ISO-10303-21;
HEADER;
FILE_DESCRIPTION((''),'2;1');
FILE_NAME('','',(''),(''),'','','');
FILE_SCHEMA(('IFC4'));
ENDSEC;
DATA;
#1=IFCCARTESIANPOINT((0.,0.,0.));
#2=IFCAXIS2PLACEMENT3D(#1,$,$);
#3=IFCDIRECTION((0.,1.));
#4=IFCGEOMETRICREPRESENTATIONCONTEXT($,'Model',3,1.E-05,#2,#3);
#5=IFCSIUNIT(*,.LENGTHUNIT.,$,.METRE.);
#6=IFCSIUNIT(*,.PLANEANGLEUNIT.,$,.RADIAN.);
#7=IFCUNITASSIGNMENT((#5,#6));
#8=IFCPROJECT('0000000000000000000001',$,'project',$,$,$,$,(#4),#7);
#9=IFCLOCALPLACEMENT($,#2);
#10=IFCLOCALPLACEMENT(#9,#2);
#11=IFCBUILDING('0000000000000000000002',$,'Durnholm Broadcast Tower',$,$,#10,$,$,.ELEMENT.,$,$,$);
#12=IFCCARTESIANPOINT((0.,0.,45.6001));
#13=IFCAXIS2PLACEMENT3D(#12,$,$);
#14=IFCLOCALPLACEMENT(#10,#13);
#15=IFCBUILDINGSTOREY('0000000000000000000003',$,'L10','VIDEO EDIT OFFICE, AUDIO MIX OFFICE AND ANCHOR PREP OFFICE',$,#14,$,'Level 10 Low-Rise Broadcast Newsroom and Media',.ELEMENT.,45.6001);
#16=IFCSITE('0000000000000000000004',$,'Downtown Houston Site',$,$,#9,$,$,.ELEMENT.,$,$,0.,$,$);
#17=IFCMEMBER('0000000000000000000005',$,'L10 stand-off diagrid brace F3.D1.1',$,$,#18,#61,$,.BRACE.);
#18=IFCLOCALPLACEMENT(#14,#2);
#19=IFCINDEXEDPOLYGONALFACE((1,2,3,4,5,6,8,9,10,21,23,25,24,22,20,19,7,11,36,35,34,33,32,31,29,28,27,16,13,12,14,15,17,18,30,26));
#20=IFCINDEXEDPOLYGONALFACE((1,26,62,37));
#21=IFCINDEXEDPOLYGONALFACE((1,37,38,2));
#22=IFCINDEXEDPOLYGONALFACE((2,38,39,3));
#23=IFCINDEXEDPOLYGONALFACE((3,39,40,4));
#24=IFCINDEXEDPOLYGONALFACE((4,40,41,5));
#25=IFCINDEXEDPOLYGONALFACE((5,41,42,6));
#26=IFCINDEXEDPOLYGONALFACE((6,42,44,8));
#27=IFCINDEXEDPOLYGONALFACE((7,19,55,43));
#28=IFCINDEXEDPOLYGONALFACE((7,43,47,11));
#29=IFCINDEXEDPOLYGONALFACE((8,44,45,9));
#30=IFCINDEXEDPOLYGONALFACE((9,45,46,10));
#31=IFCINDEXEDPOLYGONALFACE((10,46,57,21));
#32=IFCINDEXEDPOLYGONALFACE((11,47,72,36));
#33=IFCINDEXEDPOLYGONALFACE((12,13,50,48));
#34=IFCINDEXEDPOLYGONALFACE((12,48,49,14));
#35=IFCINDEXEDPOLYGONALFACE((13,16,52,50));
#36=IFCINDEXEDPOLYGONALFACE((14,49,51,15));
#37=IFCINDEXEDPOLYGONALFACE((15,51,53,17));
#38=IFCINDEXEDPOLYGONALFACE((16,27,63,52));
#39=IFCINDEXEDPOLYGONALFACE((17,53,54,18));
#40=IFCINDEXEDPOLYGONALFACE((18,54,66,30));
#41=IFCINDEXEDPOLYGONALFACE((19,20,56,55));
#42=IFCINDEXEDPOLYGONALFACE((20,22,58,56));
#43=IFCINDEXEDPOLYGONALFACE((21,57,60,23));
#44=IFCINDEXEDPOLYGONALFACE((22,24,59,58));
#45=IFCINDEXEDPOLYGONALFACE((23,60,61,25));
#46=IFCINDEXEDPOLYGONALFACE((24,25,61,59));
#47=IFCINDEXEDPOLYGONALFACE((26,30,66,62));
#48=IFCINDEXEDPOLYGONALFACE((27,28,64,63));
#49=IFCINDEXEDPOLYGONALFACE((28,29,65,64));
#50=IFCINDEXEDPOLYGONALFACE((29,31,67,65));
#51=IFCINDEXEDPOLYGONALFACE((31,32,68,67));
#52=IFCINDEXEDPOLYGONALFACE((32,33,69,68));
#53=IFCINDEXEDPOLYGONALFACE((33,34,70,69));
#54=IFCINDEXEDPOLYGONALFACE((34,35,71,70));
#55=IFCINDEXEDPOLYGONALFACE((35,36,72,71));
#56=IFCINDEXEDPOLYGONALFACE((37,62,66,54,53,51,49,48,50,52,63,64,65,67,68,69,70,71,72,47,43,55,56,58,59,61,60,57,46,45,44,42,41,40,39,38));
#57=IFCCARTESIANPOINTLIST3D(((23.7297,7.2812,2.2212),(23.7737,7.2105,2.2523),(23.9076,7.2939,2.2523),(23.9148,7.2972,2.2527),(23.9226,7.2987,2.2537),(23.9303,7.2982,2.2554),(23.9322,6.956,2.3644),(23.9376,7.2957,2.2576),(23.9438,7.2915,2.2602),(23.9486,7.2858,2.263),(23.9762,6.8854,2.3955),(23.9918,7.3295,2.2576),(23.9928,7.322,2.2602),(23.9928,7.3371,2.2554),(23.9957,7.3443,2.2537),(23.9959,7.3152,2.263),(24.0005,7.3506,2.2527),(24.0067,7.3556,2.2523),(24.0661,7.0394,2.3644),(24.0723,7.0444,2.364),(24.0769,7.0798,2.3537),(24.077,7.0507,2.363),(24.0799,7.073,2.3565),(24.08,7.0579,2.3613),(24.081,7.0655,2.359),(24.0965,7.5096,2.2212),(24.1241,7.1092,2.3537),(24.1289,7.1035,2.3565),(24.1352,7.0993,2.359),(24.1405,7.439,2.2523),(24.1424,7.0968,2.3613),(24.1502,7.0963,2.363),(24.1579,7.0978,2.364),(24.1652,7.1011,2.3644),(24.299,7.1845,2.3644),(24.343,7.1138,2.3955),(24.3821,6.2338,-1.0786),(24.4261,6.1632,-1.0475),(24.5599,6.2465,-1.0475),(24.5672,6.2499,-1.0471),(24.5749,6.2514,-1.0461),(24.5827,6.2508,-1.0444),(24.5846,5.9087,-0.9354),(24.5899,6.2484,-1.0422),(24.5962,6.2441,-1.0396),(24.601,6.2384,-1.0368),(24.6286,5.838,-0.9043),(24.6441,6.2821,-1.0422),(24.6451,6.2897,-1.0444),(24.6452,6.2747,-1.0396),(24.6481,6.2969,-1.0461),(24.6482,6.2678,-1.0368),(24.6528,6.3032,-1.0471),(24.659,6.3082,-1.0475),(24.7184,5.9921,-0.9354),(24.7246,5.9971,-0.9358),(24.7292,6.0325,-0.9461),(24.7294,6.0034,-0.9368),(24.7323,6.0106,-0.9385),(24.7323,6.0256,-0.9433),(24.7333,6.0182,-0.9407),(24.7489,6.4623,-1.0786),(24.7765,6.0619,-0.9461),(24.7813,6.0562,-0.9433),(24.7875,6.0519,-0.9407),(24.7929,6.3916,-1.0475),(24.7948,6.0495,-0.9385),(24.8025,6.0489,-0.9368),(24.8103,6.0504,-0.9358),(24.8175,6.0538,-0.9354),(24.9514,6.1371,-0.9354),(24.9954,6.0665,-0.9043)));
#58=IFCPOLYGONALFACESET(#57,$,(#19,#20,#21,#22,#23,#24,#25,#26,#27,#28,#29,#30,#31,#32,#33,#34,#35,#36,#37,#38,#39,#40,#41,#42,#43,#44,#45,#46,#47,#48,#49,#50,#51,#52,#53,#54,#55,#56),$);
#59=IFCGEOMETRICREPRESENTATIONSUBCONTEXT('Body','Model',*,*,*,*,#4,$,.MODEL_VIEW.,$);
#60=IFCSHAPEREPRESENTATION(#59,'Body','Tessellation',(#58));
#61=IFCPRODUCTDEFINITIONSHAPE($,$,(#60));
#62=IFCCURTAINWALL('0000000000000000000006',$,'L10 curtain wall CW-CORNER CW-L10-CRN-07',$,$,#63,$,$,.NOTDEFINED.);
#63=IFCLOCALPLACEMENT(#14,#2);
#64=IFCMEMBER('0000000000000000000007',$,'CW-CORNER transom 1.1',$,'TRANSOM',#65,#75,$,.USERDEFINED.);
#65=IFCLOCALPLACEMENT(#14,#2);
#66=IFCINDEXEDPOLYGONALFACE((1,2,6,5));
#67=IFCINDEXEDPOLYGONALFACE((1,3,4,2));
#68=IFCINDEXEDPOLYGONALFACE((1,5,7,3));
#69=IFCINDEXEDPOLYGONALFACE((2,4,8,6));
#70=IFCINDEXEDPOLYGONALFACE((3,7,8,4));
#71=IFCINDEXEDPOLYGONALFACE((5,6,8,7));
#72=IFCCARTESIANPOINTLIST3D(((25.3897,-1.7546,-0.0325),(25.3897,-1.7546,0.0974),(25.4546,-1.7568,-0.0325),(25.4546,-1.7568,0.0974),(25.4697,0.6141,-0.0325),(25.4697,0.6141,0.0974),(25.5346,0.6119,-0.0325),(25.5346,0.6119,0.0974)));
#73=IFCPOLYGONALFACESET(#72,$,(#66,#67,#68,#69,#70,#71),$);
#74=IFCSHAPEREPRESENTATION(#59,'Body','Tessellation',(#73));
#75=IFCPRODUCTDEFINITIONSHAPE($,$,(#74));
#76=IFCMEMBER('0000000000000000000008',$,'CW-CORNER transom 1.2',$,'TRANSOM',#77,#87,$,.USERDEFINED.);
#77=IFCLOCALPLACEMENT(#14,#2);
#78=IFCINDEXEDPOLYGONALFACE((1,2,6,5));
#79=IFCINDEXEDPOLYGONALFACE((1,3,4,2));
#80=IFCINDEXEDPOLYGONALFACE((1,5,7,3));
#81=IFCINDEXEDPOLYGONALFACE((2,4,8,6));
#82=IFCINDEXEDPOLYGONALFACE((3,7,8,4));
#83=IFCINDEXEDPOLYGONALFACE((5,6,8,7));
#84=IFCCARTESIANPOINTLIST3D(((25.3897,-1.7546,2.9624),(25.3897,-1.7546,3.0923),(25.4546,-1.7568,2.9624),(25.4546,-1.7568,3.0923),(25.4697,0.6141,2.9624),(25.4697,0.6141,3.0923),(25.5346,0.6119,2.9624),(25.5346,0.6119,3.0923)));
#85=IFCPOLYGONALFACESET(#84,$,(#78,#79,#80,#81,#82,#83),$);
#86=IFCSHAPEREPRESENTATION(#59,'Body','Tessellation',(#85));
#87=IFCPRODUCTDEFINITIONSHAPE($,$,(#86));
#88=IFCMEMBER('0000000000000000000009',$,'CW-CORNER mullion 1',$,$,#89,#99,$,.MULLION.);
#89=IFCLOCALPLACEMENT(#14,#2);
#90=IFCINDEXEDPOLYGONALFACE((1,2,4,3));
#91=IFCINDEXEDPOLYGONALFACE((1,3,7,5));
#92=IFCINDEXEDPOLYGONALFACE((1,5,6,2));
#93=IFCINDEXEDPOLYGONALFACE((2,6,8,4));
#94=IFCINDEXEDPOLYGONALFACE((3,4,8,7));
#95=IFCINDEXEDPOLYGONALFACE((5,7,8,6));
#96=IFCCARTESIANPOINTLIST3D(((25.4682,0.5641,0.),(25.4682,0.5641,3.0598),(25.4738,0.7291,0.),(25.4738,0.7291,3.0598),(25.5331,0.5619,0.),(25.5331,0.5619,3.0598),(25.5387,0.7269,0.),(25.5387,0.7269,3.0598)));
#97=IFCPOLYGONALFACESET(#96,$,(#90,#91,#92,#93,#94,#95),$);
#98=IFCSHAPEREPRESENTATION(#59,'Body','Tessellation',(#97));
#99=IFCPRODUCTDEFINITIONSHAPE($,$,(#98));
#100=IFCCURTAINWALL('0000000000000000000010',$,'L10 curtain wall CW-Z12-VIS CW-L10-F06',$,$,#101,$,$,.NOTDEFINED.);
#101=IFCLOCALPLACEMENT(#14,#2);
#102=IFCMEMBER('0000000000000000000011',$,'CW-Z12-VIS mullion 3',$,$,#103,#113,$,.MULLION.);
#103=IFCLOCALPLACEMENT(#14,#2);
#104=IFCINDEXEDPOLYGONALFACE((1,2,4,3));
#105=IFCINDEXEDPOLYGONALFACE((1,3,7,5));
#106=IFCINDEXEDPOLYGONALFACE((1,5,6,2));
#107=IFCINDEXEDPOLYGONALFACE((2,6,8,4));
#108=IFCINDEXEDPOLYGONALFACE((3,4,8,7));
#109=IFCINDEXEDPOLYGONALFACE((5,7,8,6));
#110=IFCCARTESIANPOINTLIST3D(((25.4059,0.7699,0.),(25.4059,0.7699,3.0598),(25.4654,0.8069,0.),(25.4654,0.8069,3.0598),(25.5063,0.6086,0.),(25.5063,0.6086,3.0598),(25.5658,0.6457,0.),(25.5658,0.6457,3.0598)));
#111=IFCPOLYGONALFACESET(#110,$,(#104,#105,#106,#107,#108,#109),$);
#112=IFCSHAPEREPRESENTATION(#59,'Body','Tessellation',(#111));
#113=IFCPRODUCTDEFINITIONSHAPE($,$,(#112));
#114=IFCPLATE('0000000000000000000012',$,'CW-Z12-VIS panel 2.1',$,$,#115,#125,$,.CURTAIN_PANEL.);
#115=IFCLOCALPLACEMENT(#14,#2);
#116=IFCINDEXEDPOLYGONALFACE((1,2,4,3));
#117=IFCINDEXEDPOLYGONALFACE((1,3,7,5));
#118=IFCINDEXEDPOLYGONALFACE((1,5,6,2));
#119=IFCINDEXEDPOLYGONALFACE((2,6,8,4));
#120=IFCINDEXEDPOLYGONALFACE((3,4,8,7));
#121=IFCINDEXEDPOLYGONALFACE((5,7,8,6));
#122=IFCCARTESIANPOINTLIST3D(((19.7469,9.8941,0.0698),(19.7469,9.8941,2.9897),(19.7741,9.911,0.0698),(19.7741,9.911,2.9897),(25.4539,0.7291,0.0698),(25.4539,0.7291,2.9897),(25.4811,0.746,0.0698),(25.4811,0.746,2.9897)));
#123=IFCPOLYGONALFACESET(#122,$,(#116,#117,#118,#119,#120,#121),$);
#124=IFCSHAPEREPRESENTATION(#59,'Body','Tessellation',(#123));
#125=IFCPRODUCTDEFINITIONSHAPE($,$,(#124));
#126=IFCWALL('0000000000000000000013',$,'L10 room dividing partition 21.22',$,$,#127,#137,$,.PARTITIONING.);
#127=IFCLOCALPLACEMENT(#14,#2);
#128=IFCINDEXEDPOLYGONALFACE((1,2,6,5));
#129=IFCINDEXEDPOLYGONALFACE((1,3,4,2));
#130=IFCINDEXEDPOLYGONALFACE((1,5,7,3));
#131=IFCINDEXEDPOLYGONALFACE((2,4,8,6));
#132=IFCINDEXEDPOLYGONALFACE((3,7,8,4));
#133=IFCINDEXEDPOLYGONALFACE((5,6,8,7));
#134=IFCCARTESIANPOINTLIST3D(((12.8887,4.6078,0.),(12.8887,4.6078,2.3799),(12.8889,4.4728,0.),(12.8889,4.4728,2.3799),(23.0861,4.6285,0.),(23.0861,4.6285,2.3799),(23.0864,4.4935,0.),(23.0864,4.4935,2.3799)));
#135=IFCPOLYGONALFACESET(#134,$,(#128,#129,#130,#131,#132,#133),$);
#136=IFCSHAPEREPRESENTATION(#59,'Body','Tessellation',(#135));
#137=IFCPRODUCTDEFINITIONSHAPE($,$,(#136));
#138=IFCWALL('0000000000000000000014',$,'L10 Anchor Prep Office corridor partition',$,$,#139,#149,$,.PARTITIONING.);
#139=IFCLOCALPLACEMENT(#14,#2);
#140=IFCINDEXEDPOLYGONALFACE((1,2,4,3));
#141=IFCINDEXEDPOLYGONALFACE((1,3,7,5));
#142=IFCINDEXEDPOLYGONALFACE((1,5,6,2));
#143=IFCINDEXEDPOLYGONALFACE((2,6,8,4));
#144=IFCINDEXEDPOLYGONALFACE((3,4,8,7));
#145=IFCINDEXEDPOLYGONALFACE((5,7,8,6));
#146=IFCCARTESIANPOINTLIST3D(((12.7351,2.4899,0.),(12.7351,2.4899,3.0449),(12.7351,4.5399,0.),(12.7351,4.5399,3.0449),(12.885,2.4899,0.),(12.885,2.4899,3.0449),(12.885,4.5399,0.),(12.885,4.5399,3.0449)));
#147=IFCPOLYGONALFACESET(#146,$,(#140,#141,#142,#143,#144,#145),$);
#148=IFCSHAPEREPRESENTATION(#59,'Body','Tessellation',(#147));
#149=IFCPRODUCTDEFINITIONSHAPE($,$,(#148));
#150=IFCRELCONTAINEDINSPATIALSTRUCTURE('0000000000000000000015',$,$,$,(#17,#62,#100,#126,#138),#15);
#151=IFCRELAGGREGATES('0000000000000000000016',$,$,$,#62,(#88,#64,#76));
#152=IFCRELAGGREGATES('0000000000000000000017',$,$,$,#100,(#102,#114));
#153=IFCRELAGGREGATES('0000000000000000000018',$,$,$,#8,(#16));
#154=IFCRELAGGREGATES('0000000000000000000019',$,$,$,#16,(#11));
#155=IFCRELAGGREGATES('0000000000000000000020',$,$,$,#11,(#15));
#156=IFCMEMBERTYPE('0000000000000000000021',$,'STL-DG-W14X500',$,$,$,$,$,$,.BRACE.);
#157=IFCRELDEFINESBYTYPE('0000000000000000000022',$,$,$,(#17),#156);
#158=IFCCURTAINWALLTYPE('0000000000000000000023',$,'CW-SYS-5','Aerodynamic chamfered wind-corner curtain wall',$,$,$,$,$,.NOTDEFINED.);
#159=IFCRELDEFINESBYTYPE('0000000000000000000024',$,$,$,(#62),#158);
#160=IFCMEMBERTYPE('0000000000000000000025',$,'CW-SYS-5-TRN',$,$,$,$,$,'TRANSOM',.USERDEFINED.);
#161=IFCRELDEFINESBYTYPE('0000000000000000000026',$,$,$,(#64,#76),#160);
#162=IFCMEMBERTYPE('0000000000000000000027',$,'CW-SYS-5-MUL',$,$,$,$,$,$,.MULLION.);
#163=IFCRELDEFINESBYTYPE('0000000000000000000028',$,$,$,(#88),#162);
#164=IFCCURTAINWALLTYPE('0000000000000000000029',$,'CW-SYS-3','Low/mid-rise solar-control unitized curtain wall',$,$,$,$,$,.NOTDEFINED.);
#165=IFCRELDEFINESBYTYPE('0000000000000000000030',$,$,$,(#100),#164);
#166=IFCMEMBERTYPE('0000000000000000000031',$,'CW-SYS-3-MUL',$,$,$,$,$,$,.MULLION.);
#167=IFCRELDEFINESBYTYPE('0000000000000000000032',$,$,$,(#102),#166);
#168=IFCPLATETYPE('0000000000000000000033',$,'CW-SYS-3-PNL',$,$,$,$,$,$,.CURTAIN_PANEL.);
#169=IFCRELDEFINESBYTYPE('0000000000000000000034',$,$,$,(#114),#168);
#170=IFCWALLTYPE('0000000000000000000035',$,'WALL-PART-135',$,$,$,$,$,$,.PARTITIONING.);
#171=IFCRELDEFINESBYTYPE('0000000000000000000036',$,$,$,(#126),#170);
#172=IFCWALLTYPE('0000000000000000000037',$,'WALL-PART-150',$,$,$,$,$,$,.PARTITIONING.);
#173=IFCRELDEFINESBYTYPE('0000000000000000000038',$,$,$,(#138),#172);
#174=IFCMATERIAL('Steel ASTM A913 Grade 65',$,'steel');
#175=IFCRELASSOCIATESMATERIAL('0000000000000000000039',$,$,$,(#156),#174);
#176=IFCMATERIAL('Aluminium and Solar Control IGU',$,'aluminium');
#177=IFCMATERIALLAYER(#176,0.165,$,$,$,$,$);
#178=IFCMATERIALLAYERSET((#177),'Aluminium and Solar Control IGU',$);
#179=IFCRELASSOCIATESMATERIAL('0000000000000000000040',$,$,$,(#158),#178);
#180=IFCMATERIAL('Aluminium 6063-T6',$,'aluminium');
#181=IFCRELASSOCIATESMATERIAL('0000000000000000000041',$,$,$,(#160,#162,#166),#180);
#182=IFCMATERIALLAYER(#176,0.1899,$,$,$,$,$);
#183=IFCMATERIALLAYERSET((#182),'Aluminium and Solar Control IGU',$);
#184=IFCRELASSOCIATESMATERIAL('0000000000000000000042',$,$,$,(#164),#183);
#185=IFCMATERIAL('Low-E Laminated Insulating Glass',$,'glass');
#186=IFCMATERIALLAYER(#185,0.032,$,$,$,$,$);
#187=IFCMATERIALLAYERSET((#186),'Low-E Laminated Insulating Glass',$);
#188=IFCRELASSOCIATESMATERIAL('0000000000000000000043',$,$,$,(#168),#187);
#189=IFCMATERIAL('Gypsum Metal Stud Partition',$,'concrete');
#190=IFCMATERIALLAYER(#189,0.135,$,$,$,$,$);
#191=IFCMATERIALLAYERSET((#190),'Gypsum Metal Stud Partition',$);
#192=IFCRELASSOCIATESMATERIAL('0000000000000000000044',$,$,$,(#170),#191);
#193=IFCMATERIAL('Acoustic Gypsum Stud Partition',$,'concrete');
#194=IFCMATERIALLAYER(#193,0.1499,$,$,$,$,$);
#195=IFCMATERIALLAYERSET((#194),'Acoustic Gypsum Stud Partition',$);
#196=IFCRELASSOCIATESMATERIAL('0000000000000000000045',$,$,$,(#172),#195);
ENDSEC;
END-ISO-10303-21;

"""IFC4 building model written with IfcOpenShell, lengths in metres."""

from ifc_helpers import new_model, si_unit, direction, frame, frame_2d, origin, origin_2d, place, context, subcontext, project, spatial, rectangle, i_section, extrude, source, transform, mapped, material, layer, layer_set, material_profile, profile_set, type_object, type_shapes, element, aggregate, save


model = new_model("IFC4")

# Units and contexts
model_context = context("Model", 3, precision=1e-05, world=origin(), true_north=direction((0.0, 1.0)))
body_context = subcontext(model_context, "Body", "Model", "MODEL_VIEW")
ifc_project = project(units=[si_unit("LENGTHUNIT", "METRE"), si_unit("PLANEANGLEUNIT", "RADIAN")], contexts=[model_context])

# Site, building, storey
site_placement = place(None, origin())
site = spatial("IfcSite", under=ifc_project, at=site_placement, Name="Downtown Houston Site", CompositionType="ELEMENT", RefElevation=0.0)
building_placement = place(site_placement, origin())
building = spatial("IfcBuilding", under=site, at=building_placement, Name="Durnholm Broadcast Tower", CompositionType="ELEMENT")
storey_placement = place(building_placement, frame((0.0, 0.0, 45.6001)))
storey = spatial("IfcBuildingStorey", under=building, at=storey_placement, Name="L10", Description="VIDEO EDIT OFFICE, AUDIO MIX OFFICE AND ANCHOR PREP OFFICE", LongName="Level 10 Low-Rise Broadcast Newsroom and Media", CompositionType="ELEMENT", Elevation=45.6001)

# Member
ifc_material_1 = material(Name="Steel ASTM A913 Grade 65", Category="steel")
ifc_material_profile_1 = material_profile(ifc_material_1, i_section(OverallWidth=0.4321, OverallDepth=0.4978, WebThickness=0.0557, FlangeThickness=0.0889, FilletRadius=0.0305, at=origin_2d()), Name="W14X500")
ifc_profile_set_1 = profile_set([ifc_material_profile_1], Name="Steel ASTM A913 Grade 65")
member_type_1 = type_object("IfcMemberType", Name="STL-DG-W14X500", PredefinedType="BRACE", material=ifc_profile_set_1)
shared_shape_1 = source(origin(), body_context, "Body", "SweptSolid", [
    extrude(i_section(OverallWidth=0.4321, OverallDepth=0.4978, WebThickness=0.0557, FlangeThickness=0.0889, FilletRadius=0.0305, at=origin_2d()), origin(), (0.0, 0.0, 1.0), 3.5229),
])
type_shapes(member_type_1, [shared_shape_1])
member_1_placement = place(storey_placement, frame((24.6887, 6.1501, -0.9915), z_axis=(-0.185169, 0.297297, 0.936657), x_axis=(-0.84882, -0.528682, 0.0)))
element("IfcMember", 1, at=member_1_placement, inside=storey, type_object=member_type_1, Name="L10 stand-off diagrid brace F3.D1.1", PredefinedType="BRACE", context=body_context, shape_type="MappedRepresentation", body=[
    mapped(shared_shape_1, transform((0.0, 0.0, 0.0), x_axis=(1.0, 0.0, 0.0), y_axis=(0.0, 1.0, 0.0), z_axis=(0.0, 0.0, 1.0), scale=1.0)),
])

# Curtain wall, members
ifc_material_2 = material(Name="Aluminium and Solar Control IGU", Category="aluminium")
ifc_layer_1 = layer(ifc_material_2, 0.165)
ifc_layer_set_1 = layer_set([ifc_layer_1], Name="Aluminium and Solar Control IGU")
curtain_wall_type_1 = type_object("IfcCurtainWallType", Name="CW-SYS-5", Description="Aerodynamic chamfered wind-corner curtain wall", PredefinedType="NOTDEFINED", material=ifc_layer_set_1)
curtain_wall_1_placement = place(storey_placement, origin())
curtain_wall_1 = element("IfcCurtainWall", 2, at=curtain_wall_1_placement, inside=storey, type_object=curtain_wall_type_1, Name="L10 curtain wall CW-CORNER CW-L10-CRN-07", PredefinedType="NOTDEFINED")
ifc_material_3 = material(Name="Aluminium 6063-T6", Category="aluminium")
ifc_material_profile_2 = material_profile(ifc_material_3, rectangle(XDim=0.0649, YDim=0.1299, at=origin_2d()), Name="CWT65X130")
ifc_profile_set_2 = profile_set([ifc_material_profile_2], Name="Aluminium 6063-T6")
member_type_2 = type_object("IfcMemberType", Name="CW-SYS-5-TRN", ElementType="TRANSOM", PredefinedType="USERDEFINED", material=ifc_profile_set_2)
shared_shape_2 = source(origin(), body_context, "Body", "SweptSolid", [
    extrude(rectangle(XDim=0.0649, YDim=0.1299, at=origin_2d()), origin(), (0.0, 0.0, 1.0), 2.3701),
])
type_shapes(member_type_2, [shared_shape_2])
member_2_placement = place(storey_placement, frame((25.5022, 0.613, 0.0325), z_axis=(-0.033788, -0.999429, 0.0), x_axis=(0.999429, -0.033788, 0.0)))
member_2 = element("IfcMember", 3, at=member_2_placement, type_object=member_type_2, Name="CW-CORNER transom 1.1", ObjectType="TRANSOM", PredefinedType="USERDEFINED", context=body_context, shape_type="MappedRepresentation", body=[
    mapped(shared_shape_2, transform((0.0, 0.0, 0.0), x_axis=(1.0, 0.0, 0.0), y_axis=(0.0, 1.0, 0.0), z_axis=(0.0, 0.0, 1.0), scale=1.0)),
])
member_3_placement = place(storey_placement, frame((25.5022, 0.613, 3.0273), z_axis=(-0.033788, -0.999429, 0.0), x_axis=(0.999429, -0.033788, 0.0)))
member_3 = element("IfcMember", 4, at=member_3_placement, type_object=member_type_2, Name="CW-CORNER transom 1.2", ObjectType="TRANSOM", PredefinedType="USERDEFINED", context=body_context, shape_type="MappedRepresentation", body=[
    mapped(shared_shape_2, transform((0.0, 0.0, 0.0), x_axis=(1.0, 0.0, 0.0), y_axis=(0.0, 1.0, 0.0), z_axis=(0.0, 0.0, 1.0), scale=1.0)),
])
ifc_material_profile_3 = material_profile(ifc_material_3, rectangle(XDim=0.0649, YDim=0.165, at=origin_2d()), Name="CWM65X165")
ifc_profile_set_3 = profile_set([ifc_material_profile_3], Name="Aluminium 6063-T6")
member_type_3 = type_object("IfcMemberType", Name="CW-SYS-5-MUL", PredefinedType="MULLION", material=ifc_profile_set_3)
shared_shape_3 = source(origin(), body_context, "Body", "SweptSolid", [
    extrude(rectangle(XDim=0.0649, YDim=0.165, at=origin_2d()), origin(), (0.0, 0.0, 1.0), 3.0598),
])
type_shapes(member_type_3, [shared_shape_3])
member_4_placement = place(storey_placement, frame((25.5034, 0.6455, 0.0), z_axis=(0.0, 0.0, 1.0), x_axis=(0.999427, -0.03384, 0.0)))
member_4 = element("IfcMember", 5, at=member_4_placement, type_object=member_type_3, Name="CW-CORNER mullion 1", PredefinedType="MULLION", context=body_context, shape_type="MappedRepresentation", body=[
    mapped(shared_shape_3, transform((0.0, 0.0, 0.0), x_axis=(1.0, 0.0, 0.0), y_axis=(0.0, 1.0, 0.0), z_axis=(0.0, 0.0, 1.0), scale=1.0)),
])
aggregate(curtain_wall_1, [member_4, member_2, member_3])

# Curtain wall, member, plate
ifc_layer_2 = layer(ifc_material_2, 0.1899)
ifc_layer_set_2 = layer_set([ifc_layer_2], Name="Aluminium and Solar Control IGU")
curtain_wall_type_2 = type_object("IfcCurtainWallType", Name="CW-SYS-3", Description="Low/mid-rise solar-control unitized curtain wall", PredefinedType="NOTDEFINED", material=ifc_layer_set_2)
curtain_wall_2_placement = place(storey_placement, origin())
curtain_wall_2 = element("IfcCurtainWall", 6, at=curtain_wall_2_placement, inside=storey, type_object=curtain_wall_type_2, Name="L10 curtain wall CW-Z12-VIS CW-L10-F06", PredefinedType="NOTDEFINED")
ifc_material_profile_4 = material_profile(ifc_material_3, rectangle(XDim=0.0701, YDim=0.1899, at=origin_2d()), Name="CWM70X190")
ifc_profile_set_4 = profile_set([ifc_material_profile_4], Name="Aluminium 6063-T6")
member_type_4 = type_object("IfcMemberType", Name="CW-SYS-3-MUL", PredefinedType="MULLION", material=ifc_profile_set_4)
shared_shape_4 = source(origin(), body_context, "Body", "SweptSolid", [
    extrude(rectangle(XDim=0.0701, YDim=0.1899, at=origin_2d()), origin(), (0.0, 0.0, 1.0), 3.0598),
])
type_shapes(member_type_4, [shared_shape_4])
member_5_placement = place(storey_placement, frame((25.4858, 0.7078, 0.0), z_axis=(0.0, 0.0, 1.0), x_axis=(0.848876, 0.528592, 0.0)))
member_5 = element("IfcMember", 7, at=member_5_placement, type_object=member_type_4, Name="CW-Z12-VIS mullion 3", PredefinedType="MULLION", context=body_context, shape_type="MappedRepresentation", body=[
    mapped(shared_shape_4, transform((0.0, 0.0, 0.0), x_axis=(1.0, 0.0, 0.0), y_axis=(0.0, 1.0, 0.0), z_axis=(0.0, 0.0, 1.0), scale=1.0)),
])
ifc_material_4 = material(Name="Low-E Laminated Insulating Glass", Category="glass")
ifc_layer_3 = layer(ifc_material_4, 0.032)
ifc_layer_set_3 = layer_set([ifc_layer_3], Name="Low-E Laminated Insulating Glass")
plate_type = type_object("IfcPlateType", Name="CW-SYS-3-PNL", PredefinedType="CURTAIN_PANEL", material=ifc_layer_set_3)
shared_shape_5 = source(origin(), body_context, "Body", "SweptSolid", [
    extrude(rectangle(XDim=10.7966, YDim=0.032, at=origin_2d()), origin(), (0.0, 0.0, 1.0), 2.9199),
])
type_shapes(plate_type, [shared_shape_5])
plate_placement = place(storey_placement, frame((22.614, 5.3201, 0.0698), z_axis=(0.0, 0.0, 1.0), x_axis=(0.528592, -0.848876, 0.0)))
plate = element("IfcPlate", 8, at=plate_placement, type_object=plate_type, Name="CW-Z12-VIS panel 2.1", PredefinedType="CURTAIN_PANEL", context=body_context, shape_type="MappedRepresentation", body=[
    mapped(shared_shape_5, transform((0.0, 0.0, 0.0), x_axis=(1.0, 0.0, 0.0), y_axis=(0.0, 1.0, 0.0), z_axis=(0.0, 0.0, 1.0), scale=1.0)),
])
aggregate(curtain_wall_2, [member_5, plate])

# Walls
ifc_material_5 = material(Name="Gypsum Metal Stud Partition", Category="concrete")
ifc_layer_4 = layer(ifc_material_5, 0.135)
ifc_layer_set_4 = layer_set([ifc_layer_4], Name="Gypsum Metal Stud Partition")
wall_type_1 = type_object("IfcWallType", Name="WALL-PART-135", PredefinedType="PARTITIONING", material=ifc_layer_set_4)
wall_1_placement = place(storey_placement, frame((12.8889, 4.5403, 0.0), z_axis=(0.0, 0.0, 1.0), x_axis=(0.999998, 0.002035, 0.0)))
element("IfcWall", 9, at=wall_1_placement, inside=storey, type_object=wall_type_1, Name="L10 room dividing partition 21.22", PredefinedType="PARTITIONING", context=body_context, shape_type="SweptSolid", body=[
    extrude(rectangle(XDim=10.1975, YDim=0.135, at=frame_2d((5.0986, 0.0))), origin(), (0.0, 0.0, 1.0), 2.3799),
])
ifc_material_6 = material(Name="Acoustic Gypsum Stud Partition", Category="concrete")
ifc_layer_5 = layer(ifc_material_6, 0.1499)
ifc_layer_set_5 = layer_set([ifc_layer_5], Name="Acoustic Gypsum Stud Partition")
wall_type_2 = type_object("IfcWallType", Name="WALL-PART-150", PredefinedType="PARTITIONING", material=ifc_layer_set_5)
wall_2_placement = place(storey_placement, frame((12.8101, 2.49, 0.0), z_axis=(0.0, 0.0, 1.0), x_axis=(0.0, 1.0, 0.0)))
element("IfcWall", 10, at=wall_2_placement, inside=storey, type_object=wall_type_2, Name="L10 Anchor Prep Office corridor partition", PredefinedType="PARTITIONING", context=body_context, shape_type="SweptSolid", body=[
    extrude(rectangle(XDim=2.05, YDim=0.1499, at=frame_2d((1.0249, 0.0))), origin(), (0.0, 0.0, 1.0), 3.0449),
])

save(model, "model.ifc")
